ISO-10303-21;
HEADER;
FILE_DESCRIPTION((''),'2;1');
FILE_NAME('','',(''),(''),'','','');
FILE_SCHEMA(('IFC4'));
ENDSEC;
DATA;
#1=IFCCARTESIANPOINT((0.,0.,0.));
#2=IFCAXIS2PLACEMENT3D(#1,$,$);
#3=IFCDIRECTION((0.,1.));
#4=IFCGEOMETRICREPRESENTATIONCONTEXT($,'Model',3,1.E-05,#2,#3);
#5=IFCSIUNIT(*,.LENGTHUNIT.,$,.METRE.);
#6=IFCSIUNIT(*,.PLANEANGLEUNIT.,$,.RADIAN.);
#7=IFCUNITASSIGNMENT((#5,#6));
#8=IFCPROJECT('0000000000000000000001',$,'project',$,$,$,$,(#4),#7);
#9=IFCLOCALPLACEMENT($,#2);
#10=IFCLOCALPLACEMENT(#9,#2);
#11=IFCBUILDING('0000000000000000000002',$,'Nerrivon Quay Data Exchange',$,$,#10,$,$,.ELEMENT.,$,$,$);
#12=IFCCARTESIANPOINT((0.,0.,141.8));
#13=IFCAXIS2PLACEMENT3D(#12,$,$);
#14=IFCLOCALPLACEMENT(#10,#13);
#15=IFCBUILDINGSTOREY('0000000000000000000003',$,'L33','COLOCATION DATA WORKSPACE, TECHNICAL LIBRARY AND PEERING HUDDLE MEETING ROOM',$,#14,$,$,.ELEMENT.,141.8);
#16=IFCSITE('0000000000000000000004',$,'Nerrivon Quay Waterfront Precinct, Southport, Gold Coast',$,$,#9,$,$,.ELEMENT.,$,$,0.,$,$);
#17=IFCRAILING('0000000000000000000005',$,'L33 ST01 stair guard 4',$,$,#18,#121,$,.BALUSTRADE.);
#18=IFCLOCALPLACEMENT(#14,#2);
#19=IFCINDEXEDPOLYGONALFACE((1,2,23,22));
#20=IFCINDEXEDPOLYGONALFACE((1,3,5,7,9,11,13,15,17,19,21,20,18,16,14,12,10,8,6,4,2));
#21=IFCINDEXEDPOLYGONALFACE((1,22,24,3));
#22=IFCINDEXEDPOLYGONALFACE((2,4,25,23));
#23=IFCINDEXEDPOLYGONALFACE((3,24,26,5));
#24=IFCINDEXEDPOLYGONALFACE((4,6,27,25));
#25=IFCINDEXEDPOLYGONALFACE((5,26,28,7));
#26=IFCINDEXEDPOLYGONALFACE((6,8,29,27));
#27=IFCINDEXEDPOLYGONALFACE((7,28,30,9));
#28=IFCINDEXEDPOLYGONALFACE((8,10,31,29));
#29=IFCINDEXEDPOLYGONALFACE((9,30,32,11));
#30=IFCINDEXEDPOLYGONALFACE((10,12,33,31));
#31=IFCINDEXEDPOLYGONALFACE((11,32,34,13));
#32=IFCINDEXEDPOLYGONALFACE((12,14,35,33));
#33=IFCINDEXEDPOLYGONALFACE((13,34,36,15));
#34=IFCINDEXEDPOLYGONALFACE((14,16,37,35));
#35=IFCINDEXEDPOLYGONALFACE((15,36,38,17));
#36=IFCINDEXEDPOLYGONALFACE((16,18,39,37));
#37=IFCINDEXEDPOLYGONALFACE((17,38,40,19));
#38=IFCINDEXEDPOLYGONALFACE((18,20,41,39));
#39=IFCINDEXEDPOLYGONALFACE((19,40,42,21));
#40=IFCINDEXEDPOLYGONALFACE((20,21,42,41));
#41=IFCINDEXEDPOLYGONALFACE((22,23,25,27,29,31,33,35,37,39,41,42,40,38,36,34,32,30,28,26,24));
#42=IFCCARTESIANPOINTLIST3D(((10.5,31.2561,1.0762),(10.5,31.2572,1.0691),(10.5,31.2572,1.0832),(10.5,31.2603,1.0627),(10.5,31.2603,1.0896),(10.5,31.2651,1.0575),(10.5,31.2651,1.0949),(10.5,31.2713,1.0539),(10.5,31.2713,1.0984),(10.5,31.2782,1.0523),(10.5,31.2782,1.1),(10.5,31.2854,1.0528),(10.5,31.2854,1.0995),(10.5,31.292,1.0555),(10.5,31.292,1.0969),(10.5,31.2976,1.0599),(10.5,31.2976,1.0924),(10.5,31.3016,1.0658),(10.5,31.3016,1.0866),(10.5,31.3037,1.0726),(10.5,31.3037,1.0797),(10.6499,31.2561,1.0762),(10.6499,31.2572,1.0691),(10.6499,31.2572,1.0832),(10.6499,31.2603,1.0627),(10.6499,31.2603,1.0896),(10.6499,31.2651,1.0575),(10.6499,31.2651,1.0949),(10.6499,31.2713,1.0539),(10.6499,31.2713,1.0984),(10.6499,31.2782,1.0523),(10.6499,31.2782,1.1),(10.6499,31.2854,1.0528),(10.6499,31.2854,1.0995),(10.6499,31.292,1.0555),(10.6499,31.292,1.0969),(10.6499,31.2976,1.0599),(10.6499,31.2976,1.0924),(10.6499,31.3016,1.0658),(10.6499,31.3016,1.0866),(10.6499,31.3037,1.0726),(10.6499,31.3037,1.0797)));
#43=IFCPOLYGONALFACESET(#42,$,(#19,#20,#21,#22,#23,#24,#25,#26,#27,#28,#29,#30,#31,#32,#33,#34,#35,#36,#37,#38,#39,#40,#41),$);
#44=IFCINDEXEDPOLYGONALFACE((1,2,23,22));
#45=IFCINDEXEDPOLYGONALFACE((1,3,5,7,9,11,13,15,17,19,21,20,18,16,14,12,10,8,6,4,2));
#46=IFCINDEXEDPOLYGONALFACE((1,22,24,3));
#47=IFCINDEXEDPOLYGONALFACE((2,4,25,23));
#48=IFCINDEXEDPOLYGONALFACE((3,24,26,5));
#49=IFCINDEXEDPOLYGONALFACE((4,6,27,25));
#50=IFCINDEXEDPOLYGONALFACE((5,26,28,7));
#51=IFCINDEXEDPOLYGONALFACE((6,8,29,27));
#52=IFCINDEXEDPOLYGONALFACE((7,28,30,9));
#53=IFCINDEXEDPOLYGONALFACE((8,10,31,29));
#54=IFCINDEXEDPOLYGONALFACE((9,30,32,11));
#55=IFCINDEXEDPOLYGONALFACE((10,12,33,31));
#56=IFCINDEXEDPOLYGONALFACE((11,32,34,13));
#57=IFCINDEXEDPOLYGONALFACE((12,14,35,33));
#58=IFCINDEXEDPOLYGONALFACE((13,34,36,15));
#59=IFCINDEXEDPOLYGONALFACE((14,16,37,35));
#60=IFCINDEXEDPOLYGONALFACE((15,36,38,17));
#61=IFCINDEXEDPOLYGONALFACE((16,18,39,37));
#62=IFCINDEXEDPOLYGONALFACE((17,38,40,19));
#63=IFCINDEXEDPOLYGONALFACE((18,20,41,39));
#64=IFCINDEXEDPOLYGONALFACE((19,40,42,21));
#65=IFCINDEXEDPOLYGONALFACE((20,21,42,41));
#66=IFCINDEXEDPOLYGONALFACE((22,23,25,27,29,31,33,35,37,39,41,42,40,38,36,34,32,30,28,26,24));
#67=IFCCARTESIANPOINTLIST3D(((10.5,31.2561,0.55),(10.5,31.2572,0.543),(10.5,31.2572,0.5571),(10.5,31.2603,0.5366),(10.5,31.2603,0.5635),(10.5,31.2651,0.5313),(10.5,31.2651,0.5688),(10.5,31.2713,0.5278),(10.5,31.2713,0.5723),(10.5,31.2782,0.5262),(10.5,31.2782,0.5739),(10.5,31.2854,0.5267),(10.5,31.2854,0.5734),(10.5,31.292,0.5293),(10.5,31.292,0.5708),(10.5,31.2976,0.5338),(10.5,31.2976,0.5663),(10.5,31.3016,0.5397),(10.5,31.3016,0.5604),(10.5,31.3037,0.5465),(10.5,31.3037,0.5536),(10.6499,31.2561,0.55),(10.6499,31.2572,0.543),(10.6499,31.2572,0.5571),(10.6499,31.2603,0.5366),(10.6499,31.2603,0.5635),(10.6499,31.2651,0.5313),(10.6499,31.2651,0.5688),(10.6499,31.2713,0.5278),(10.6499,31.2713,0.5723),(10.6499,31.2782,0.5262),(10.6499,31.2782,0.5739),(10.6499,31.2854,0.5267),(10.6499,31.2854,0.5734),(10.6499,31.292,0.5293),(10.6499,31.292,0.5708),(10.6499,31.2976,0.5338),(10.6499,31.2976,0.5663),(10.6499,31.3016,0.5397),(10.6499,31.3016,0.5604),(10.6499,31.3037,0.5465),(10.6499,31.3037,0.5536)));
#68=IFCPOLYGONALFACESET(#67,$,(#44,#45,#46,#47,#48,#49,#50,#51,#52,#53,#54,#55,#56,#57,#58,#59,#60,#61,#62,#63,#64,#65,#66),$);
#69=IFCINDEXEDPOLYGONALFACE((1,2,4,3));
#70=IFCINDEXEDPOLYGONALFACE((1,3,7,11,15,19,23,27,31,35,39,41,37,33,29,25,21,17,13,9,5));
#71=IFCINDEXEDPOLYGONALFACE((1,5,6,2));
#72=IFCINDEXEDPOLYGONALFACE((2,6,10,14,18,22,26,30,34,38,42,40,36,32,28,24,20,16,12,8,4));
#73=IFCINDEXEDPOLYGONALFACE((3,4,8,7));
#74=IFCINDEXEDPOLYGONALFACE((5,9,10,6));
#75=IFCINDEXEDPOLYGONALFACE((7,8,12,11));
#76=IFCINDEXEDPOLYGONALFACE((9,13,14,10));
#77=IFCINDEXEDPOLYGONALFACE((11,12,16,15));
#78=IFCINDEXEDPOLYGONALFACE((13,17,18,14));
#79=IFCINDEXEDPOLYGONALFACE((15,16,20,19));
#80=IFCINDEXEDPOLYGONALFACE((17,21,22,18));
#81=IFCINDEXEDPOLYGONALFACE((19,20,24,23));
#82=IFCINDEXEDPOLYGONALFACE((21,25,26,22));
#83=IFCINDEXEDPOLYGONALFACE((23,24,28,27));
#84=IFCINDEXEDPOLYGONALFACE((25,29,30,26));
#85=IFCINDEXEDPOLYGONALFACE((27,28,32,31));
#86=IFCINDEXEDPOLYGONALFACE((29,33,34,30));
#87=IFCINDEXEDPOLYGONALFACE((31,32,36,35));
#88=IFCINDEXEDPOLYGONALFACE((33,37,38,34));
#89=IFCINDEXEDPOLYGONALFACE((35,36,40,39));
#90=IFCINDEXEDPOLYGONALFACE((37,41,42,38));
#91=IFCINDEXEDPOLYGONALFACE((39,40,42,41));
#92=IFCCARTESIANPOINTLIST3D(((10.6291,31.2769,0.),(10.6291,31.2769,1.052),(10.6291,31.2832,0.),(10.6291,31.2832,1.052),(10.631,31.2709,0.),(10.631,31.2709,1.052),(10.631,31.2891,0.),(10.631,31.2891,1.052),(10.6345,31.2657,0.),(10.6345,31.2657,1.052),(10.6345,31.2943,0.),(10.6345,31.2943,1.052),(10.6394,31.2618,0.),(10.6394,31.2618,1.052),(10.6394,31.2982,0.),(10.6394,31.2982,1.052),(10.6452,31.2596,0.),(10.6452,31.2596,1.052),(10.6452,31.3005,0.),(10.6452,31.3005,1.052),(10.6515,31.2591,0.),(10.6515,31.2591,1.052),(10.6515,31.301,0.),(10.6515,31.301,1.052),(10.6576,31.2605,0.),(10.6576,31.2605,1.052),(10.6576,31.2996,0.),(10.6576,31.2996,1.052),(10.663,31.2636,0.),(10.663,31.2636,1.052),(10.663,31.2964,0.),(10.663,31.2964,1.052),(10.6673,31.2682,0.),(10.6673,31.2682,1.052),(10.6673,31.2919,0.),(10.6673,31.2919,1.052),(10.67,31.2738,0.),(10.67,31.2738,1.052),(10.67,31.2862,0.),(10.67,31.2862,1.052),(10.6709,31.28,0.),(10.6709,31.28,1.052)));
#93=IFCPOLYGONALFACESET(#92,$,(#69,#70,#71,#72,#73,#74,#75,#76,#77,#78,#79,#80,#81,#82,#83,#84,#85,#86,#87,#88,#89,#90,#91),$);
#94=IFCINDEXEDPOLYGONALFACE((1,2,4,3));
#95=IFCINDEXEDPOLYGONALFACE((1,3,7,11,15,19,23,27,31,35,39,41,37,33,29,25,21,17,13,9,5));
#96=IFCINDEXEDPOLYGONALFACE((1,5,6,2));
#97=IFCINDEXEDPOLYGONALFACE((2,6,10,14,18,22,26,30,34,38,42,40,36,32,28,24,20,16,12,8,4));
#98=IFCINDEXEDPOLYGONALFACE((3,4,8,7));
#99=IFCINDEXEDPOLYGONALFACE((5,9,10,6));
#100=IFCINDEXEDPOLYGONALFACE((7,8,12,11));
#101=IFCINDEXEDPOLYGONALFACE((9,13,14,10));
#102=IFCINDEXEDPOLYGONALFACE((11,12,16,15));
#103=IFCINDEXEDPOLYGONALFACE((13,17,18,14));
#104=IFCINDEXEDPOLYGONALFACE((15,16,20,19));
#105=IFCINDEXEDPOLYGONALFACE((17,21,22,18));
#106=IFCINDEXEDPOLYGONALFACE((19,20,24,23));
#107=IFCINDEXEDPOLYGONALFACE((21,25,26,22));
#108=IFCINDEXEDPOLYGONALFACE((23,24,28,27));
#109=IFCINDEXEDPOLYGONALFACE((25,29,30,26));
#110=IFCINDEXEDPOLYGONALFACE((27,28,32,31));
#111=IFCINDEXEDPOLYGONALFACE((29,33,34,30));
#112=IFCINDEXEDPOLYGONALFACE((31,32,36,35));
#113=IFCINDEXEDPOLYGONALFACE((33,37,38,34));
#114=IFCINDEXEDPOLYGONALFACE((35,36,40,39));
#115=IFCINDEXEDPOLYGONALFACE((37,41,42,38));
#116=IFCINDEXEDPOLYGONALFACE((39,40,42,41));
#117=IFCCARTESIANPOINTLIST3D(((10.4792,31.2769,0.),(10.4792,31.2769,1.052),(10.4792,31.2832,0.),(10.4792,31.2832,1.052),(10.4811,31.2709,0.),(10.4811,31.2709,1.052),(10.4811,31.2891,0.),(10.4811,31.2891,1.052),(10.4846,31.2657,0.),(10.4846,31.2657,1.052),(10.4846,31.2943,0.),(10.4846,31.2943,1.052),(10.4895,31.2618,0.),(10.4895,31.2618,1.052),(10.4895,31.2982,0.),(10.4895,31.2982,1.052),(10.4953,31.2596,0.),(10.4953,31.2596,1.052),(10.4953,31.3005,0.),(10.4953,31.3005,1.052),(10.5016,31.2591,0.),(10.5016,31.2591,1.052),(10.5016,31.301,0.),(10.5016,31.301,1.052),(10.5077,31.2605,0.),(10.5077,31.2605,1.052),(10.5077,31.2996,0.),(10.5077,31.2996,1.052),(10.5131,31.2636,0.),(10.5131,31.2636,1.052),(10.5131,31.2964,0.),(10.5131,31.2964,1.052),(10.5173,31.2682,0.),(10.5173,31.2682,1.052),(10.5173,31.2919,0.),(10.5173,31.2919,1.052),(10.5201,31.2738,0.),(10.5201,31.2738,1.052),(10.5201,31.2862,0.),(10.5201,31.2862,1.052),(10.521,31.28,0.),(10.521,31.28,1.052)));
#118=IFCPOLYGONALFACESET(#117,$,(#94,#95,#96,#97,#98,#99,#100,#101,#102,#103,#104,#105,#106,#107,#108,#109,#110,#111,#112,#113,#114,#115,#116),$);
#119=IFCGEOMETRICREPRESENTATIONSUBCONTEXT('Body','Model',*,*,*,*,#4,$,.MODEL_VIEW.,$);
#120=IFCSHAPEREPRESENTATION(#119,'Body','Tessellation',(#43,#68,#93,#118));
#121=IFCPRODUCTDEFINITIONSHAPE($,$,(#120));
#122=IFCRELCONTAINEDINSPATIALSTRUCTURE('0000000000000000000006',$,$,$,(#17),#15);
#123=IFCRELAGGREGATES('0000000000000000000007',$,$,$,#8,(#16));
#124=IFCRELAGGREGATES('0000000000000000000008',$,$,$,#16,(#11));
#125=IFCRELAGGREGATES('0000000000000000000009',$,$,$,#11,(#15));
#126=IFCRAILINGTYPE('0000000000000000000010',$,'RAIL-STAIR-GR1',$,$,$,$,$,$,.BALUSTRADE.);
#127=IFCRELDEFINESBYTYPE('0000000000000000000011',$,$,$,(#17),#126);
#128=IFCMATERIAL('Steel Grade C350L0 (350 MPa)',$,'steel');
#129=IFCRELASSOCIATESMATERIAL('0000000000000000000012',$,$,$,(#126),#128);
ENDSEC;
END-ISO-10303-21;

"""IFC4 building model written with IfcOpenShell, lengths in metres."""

from ifc_helpers import new_model, si_unit, direction, frame, origin, origin_2d, place, context, subcontext, project, spatial, circle, extrude, material, type_object, element, save


model = new_model("IFC4")

# Units and contexts
model_context = context("Model", 3, precision=1e-05, world=origin(), true_north=direction((0.0, 1.0)))
body_context = subcontext(model_context, "Body", "Model", "MODEL_VIEW")
ifc_project = project(units=[si_unit("LENGTHUNIT", "METRE"), si_unit("PLANEANGLEUNIT", "RADIAN")], contexts=[model_context])

# Site, building, storey
site_placement = place(None, origin())
site = spatial("IfcSite", under=ifc_project, at=site_placement, Name="Nerrivon Quay Waterfront Precinct, Southport, Gold Coast", CompositionType="ELEMENT", RefElevation=0.0)
building_placement = place(site_placement, origin())
building = spatial("IfcBuilding", under=site, at=building_placement, Name="Nerrivon Quay Data Exchange", CompositionType="ELEMENT")
storey_placement = place(building_placement, frame((0.0, 0.0, 141.8)))
storey = spatial("IfcBuildingStorey", under=building, at=storey_placement, Name="L33", Description="COLOCATION DATA WORKSPACE, TECHNICAL LIBRARY AND PEERING HUDDLE MEETING ROOM", CompositionType="ELEMENT", Elevation=141.8)

# Railing
ifc_material_1 = material(Name="Steel Grade C350L0 (350 MPa)", Category="steel")
railing_type_1 = type_object("IfcRailingType", Name="RAIL-STAIR-GR1", PredefinedType="BALUSTRADE", material=ifc_material_1)
railing_1_placement = place(storey_placement, frame((10.6499, 31.28, 0.0)))
element("IfcRailing", 1, at=railing_1_placement, inside=storey, type_object=railing_type_1, Name="L33 ST01 stair guard 4", PredefinedType="BALUSTRADE", context=body_context, shape_type="SweptSolid", body=[
    extrude(circle(Radius=0.0239, at=origin_2d()), frame((0.0, 0.0, 1.0762), z_axis=(-1.0, 0.0, 0.0), x_axis=(0.0, -1.0, 0.0)), (0.0, 0.0, 1.0), 0.1499),
    extrude(circle(Radius=0.0239, at=origin_2d()), frame((0.0, 0.0, 0.55), z_axis=(-1.0, 0.0, 0.0), x_axis=(0.0, -1.0, 0.0)), (0.0, 0.0, 1.0), 0.1499),
    extrude(circle(Radius=0.021, at=origin_2d()), origin(), (0.0, 0.0, 1.0), 1.052),
    extrude(circle(Radius=0.021, at=origin_2d()), frame((-0.1499, 0.0, 0.0)), (0.0, 0.0, 1.0), 1.052),
])

save(model, "model.ifc")
